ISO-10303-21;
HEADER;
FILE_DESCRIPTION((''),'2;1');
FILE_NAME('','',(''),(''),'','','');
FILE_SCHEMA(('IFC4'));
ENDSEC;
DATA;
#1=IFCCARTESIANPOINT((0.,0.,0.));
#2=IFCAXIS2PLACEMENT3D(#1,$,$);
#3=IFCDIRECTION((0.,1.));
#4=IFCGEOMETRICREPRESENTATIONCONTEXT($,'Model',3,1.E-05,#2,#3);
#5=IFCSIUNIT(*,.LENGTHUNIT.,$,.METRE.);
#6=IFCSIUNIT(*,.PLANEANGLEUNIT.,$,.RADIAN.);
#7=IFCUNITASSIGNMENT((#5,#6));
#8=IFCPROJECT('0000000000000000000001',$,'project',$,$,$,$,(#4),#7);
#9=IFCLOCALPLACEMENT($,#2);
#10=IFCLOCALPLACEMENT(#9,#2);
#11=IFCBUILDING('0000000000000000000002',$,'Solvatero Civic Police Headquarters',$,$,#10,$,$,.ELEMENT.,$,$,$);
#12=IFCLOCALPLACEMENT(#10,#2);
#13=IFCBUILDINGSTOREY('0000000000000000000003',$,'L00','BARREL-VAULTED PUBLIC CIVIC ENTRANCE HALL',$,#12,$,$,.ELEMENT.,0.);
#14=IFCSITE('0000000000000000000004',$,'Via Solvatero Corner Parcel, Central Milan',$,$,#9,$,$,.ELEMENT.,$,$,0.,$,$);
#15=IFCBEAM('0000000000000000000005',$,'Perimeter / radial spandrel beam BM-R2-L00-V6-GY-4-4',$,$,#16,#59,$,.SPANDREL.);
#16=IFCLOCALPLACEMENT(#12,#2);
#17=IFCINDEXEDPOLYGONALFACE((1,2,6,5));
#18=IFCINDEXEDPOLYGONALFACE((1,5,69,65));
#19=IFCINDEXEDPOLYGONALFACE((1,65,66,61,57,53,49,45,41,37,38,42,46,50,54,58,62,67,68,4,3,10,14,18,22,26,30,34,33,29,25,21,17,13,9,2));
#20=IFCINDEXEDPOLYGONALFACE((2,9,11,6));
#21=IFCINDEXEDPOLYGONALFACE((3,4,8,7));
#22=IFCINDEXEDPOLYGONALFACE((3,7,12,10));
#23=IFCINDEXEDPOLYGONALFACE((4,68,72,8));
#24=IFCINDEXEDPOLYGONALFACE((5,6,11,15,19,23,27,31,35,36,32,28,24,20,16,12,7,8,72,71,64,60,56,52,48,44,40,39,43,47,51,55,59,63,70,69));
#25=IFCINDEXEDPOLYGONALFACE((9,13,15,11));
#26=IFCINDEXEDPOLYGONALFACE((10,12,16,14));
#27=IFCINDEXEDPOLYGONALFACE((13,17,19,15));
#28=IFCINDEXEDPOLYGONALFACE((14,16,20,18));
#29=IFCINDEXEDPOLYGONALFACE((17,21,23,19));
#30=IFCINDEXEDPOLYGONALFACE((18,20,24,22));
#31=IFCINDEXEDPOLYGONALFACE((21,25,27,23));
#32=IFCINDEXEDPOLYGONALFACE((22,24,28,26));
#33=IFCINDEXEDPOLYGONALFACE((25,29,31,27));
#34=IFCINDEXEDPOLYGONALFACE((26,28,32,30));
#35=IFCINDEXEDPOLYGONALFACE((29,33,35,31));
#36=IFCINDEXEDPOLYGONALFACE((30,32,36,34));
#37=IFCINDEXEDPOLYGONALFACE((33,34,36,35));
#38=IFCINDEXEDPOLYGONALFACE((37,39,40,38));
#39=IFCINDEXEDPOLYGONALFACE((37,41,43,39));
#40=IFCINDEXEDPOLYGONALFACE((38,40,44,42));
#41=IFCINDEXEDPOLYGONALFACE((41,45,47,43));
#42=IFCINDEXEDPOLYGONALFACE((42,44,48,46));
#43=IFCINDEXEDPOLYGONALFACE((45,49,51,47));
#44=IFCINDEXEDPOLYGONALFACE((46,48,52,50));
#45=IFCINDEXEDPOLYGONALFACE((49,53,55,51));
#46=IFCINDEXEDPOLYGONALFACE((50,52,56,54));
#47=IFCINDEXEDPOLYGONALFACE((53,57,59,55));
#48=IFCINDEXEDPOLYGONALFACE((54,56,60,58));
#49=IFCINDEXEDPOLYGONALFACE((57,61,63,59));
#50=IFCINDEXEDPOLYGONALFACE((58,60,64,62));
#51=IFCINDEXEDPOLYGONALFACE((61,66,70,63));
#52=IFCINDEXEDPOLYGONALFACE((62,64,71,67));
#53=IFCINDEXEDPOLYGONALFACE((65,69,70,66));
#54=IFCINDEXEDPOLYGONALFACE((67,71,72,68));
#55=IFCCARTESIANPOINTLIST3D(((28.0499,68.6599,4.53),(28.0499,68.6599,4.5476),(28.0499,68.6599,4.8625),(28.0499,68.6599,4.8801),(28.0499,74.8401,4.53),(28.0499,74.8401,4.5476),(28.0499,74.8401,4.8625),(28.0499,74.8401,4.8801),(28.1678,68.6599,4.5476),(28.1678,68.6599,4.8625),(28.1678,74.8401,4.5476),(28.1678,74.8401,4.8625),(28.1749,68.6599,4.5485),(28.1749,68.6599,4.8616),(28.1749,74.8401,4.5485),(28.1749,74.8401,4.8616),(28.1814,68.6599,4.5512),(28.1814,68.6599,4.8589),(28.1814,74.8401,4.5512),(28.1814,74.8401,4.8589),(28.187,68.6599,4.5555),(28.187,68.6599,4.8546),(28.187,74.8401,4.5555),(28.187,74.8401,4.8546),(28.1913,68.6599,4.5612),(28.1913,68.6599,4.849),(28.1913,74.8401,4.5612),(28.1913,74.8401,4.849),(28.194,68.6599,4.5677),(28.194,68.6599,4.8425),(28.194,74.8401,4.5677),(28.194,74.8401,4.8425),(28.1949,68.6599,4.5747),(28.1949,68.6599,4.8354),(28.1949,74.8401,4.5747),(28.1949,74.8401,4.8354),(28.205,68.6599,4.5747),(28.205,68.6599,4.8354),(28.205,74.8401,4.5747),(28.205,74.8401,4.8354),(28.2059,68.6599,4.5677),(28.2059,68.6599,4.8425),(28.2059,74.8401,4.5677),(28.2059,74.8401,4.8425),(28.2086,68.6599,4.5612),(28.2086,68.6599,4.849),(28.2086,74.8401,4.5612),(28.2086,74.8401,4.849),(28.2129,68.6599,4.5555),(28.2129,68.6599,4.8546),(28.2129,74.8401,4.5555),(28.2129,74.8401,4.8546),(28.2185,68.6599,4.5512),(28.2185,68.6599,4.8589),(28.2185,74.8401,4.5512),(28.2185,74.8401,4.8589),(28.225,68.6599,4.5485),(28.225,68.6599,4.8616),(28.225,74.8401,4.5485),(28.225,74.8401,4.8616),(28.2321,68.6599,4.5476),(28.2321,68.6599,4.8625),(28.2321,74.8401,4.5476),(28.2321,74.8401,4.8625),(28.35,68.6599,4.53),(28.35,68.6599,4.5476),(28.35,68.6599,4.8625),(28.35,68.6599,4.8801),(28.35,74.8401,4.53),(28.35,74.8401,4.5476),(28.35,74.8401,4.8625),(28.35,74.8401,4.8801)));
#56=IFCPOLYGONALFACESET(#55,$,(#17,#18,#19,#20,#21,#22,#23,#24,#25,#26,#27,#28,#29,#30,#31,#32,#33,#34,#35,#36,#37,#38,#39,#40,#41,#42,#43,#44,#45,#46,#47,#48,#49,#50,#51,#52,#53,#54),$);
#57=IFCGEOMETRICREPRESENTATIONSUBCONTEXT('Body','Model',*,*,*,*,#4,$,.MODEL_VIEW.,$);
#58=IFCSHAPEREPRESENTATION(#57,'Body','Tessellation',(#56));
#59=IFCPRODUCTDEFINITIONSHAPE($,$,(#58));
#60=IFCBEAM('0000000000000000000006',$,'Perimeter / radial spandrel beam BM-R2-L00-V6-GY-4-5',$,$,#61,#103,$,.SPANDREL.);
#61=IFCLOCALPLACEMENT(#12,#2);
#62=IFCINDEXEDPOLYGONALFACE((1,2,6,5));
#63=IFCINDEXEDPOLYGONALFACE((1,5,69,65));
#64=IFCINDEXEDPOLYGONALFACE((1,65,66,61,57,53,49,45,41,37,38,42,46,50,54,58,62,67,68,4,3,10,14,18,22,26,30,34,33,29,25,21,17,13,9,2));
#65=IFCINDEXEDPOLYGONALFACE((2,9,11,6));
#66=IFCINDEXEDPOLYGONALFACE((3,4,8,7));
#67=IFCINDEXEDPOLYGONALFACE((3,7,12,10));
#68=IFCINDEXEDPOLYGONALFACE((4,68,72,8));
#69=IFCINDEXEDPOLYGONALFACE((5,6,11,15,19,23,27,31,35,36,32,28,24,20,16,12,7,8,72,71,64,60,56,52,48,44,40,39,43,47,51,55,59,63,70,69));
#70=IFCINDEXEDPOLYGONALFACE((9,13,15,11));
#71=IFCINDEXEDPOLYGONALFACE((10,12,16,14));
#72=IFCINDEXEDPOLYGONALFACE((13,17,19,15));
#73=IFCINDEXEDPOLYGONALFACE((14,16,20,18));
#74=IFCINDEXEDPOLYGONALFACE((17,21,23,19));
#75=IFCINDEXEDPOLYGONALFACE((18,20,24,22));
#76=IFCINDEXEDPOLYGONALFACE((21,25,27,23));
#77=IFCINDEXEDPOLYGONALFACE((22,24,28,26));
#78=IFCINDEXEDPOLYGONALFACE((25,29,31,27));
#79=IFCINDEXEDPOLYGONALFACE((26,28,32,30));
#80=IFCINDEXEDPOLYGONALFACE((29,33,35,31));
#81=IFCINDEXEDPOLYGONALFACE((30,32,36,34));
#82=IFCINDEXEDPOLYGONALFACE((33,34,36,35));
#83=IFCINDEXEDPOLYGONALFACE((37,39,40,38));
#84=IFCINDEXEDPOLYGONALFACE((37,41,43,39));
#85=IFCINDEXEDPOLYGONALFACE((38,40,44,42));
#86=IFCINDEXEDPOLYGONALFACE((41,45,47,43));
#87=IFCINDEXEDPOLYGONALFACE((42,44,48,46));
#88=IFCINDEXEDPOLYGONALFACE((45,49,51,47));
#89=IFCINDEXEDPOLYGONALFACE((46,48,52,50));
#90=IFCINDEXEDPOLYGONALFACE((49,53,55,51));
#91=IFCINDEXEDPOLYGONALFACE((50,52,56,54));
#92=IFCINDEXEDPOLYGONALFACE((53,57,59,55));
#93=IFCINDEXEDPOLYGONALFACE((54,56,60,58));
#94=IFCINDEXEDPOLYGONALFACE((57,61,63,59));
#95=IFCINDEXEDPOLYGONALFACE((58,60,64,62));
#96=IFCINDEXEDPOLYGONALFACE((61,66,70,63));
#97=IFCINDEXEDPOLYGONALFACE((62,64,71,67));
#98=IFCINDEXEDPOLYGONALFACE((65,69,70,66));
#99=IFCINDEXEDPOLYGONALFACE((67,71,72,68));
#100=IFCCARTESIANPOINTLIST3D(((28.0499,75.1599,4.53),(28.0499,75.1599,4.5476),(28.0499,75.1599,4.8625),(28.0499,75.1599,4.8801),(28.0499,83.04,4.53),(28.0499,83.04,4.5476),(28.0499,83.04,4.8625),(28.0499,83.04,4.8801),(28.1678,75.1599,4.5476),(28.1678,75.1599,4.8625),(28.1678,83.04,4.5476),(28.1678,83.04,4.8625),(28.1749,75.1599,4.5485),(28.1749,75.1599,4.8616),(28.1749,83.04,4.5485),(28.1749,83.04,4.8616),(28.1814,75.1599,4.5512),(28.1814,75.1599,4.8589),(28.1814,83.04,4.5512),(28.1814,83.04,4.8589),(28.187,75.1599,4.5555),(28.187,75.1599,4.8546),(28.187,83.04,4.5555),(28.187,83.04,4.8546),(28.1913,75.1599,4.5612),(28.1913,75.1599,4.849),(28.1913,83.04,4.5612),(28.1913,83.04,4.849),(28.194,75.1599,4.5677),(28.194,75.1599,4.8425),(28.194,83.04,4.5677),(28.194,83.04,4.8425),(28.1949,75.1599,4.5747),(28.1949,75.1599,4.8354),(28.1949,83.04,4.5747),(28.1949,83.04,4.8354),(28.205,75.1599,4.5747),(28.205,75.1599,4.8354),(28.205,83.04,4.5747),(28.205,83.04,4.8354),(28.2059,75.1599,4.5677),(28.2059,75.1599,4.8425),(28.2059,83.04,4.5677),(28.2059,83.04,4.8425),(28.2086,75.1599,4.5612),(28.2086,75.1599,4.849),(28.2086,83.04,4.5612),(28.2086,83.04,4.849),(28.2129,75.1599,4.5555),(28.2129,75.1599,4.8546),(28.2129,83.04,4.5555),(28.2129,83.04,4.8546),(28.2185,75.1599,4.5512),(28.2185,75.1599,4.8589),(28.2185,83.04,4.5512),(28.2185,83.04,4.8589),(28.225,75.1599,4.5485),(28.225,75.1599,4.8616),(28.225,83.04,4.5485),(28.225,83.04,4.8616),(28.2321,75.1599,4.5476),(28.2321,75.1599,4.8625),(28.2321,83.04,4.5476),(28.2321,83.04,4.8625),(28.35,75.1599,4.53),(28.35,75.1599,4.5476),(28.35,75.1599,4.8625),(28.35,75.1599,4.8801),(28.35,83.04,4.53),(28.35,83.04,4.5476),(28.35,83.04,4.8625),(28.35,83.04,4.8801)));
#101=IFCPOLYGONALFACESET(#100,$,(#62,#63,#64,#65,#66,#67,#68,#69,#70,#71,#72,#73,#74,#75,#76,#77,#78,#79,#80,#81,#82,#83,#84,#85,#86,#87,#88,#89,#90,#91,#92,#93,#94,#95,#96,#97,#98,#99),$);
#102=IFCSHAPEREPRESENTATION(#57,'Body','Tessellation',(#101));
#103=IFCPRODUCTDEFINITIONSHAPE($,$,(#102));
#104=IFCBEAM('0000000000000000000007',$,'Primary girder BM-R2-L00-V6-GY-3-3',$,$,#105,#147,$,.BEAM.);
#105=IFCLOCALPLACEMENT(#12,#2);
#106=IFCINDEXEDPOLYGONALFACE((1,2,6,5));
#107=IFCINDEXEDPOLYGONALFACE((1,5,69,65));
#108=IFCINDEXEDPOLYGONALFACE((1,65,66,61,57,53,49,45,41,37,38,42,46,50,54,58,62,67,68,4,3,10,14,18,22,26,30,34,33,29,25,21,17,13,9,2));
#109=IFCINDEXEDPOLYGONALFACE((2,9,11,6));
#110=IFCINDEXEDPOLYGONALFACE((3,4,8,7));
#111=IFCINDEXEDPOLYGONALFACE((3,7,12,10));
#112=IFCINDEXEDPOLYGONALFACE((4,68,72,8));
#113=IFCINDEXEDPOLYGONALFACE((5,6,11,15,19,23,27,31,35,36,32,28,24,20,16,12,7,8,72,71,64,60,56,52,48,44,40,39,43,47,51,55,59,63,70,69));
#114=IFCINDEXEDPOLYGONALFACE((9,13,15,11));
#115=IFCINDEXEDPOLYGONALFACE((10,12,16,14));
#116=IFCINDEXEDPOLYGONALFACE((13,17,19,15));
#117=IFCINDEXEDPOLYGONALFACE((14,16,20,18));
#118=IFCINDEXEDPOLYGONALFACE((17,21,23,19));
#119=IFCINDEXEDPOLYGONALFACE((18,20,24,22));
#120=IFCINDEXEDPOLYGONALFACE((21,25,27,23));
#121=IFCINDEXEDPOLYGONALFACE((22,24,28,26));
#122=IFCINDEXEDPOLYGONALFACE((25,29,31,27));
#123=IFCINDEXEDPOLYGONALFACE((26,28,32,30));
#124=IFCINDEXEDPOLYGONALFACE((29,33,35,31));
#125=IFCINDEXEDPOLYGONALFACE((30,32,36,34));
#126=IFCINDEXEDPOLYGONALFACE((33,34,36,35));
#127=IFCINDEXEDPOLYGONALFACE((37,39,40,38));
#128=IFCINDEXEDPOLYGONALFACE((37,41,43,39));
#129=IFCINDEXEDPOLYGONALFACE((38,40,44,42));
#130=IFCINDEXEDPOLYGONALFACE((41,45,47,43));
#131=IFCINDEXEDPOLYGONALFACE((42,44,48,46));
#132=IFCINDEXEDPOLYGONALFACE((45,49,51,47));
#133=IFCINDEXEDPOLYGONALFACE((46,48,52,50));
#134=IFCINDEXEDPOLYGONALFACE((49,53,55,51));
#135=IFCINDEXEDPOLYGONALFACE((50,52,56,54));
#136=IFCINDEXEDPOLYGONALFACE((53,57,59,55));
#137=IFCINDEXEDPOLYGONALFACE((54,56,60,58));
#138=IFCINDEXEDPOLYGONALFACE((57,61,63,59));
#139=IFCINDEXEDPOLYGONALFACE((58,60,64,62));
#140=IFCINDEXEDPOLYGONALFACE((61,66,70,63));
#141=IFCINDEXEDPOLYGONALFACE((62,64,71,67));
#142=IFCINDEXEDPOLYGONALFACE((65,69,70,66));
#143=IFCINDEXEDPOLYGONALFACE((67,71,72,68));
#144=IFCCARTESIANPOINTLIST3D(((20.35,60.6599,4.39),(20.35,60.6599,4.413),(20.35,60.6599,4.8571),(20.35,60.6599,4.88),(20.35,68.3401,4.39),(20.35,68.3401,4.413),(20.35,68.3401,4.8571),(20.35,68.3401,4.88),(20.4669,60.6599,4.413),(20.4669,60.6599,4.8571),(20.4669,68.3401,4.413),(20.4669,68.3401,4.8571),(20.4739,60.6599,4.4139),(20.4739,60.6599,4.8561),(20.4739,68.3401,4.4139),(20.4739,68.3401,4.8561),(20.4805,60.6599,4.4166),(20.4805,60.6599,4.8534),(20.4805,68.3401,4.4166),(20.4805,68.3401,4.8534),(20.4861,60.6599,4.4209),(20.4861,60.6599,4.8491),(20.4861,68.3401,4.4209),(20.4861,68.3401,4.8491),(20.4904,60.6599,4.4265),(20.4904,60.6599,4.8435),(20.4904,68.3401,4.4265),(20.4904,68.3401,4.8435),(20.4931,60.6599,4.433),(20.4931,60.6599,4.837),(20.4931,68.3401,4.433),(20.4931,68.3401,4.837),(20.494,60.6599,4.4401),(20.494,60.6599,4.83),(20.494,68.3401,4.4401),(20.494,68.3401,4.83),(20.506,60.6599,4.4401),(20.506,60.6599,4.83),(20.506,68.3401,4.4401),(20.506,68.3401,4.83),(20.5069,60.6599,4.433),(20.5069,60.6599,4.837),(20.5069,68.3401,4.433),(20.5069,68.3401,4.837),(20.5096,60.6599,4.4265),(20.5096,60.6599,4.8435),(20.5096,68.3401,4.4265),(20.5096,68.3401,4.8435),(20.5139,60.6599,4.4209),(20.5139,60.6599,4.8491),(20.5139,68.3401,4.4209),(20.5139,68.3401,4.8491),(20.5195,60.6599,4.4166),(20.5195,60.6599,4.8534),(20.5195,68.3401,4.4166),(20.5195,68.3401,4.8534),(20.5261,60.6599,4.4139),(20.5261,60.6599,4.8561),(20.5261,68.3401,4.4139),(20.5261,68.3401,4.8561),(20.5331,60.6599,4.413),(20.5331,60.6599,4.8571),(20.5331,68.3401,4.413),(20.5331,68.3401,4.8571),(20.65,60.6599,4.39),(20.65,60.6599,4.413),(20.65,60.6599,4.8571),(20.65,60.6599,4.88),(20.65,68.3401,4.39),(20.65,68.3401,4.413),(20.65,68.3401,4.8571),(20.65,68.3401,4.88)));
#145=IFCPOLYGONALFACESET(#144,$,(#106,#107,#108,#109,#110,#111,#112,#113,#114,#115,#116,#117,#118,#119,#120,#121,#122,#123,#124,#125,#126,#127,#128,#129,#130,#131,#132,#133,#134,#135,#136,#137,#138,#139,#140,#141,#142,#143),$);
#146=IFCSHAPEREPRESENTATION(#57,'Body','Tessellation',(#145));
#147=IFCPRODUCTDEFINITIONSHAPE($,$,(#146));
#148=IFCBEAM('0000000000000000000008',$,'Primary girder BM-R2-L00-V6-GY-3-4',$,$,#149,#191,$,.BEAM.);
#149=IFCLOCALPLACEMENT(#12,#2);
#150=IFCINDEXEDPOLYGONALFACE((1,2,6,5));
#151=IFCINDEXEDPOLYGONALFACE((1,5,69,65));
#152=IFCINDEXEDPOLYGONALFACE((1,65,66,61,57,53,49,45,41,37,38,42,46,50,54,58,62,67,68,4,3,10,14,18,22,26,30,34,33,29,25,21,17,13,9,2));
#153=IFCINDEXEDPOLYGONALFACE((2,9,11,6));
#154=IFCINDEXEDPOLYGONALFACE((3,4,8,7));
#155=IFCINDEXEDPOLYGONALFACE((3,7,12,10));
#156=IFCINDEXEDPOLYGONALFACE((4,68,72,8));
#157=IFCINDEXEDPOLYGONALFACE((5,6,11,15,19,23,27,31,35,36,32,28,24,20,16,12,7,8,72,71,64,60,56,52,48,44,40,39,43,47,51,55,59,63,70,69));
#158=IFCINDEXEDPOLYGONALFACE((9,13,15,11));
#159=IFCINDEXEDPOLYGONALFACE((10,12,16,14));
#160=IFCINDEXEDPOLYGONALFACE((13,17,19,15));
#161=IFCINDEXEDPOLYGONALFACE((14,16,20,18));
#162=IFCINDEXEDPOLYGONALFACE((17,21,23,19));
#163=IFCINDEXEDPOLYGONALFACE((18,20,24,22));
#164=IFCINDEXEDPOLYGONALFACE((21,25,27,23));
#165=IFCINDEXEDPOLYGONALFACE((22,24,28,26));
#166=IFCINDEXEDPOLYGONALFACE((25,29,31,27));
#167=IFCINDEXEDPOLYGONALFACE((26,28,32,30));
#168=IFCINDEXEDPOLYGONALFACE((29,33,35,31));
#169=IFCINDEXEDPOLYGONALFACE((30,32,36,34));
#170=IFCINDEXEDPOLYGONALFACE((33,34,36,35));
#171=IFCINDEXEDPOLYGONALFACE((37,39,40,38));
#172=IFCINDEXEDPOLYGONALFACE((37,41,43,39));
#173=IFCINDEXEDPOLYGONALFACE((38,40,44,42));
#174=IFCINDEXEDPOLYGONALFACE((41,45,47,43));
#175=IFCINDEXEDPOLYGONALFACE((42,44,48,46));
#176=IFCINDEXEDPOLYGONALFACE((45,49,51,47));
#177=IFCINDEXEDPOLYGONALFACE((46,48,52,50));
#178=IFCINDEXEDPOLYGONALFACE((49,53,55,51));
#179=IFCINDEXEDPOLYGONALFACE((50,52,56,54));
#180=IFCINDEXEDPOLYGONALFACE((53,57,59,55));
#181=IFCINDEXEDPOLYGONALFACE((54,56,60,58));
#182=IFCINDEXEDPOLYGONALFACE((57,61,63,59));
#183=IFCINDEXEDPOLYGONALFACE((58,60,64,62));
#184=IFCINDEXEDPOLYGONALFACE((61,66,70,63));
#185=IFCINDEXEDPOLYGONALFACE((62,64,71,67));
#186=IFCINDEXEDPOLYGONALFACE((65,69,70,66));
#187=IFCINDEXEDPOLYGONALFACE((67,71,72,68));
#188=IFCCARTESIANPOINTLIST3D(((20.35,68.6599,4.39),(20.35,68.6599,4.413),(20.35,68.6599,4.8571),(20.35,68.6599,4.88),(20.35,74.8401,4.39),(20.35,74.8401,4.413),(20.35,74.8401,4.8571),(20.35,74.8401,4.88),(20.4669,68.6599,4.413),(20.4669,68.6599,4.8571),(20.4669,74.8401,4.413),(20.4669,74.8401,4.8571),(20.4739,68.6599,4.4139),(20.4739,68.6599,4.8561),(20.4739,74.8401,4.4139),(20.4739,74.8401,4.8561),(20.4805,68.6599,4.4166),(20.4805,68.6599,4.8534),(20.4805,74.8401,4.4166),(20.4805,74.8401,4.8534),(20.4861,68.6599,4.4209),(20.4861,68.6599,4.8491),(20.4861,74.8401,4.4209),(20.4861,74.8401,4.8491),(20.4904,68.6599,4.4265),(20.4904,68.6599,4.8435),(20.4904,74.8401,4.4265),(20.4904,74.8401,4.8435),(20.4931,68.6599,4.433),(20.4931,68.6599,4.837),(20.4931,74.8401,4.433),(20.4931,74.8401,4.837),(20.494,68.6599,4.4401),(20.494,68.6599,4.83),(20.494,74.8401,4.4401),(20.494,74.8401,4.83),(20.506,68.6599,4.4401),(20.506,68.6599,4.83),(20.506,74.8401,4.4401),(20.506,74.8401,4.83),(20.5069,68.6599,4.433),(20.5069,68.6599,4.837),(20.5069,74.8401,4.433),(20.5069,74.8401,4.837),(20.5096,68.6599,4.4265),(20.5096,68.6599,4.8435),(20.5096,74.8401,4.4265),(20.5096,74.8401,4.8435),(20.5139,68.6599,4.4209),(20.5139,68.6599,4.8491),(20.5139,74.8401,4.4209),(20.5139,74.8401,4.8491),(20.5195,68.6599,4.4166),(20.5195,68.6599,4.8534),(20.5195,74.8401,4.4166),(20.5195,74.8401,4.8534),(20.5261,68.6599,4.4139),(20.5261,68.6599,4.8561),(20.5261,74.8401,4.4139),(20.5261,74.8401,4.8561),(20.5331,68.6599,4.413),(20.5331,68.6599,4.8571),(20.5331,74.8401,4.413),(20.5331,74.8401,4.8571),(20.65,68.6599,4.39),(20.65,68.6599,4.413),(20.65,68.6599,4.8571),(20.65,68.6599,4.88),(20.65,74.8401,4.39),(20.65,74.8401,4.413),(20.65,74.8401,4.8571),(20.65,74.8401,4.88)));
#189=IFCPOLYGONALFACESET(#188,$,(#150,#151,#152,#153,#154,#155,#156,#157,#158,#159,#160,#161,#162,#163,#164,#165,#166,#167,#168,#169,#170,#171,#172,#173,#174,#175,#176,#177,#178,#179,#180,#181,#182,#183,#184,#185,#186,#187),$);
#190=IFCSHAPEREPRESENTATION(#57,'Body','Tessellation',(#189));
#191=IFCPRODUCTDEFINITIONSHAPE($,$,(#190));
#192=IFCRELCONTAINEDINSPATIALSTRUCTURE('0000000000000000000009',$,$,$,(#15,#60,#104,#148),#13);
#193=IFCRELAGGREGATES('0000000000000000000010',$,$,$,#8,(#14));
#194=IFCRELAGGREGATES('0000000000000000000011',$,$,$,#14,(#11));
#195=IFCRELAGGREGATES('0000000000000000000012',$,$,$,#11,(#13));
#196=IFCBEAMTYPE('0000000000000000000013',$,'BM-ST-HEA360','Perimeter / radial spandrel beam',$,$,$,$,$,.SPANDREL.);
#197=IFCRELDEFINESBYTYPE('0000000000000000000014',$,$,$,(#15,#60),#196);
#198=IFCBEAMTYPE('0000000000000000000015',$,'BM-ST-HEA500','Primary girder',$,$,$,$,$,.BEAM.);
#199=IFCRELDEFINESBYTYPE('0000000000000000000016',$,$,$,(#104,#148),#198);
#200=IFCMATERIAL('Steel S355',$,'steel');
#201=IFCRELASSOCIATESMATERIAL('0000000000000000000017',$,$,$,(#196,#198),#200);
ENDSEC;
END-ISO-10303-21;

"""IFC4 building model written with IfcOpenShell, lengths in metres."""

from ifc_helpers import new_model, si_unit, direction, frame, origin, origin_2d, place, context, subcontext, project, spatial, i_section, extrude, material, material_profile, profile_set, type_object, element, save


model = new_model("IFC4")

# Units and contexts
model_context = context("Model", 3, precision=1e-05, world=origin(), true_north=direction((0.0, 1.0)))
body_context = subcontext(model_context, "Body", "Model", "MODEL_VIEW")
ifc_project = project(units=[si_unit("LENGTHUNIT", "METRE"), si_unit("PLANEANGLEUNIT", "RADIAN")], contexts=[model_context])

# Site, building, storey
site_placement = place(None, origin())
site = spatial("IfcSite", under=ifc_project, at=site_placement, Name="Via Solvatero Corner Parcel, Central Milan", CompositionType="ELEMENT", RefElevation=0.0)
building_placement = place(site_placement, origin())
building = spatial("IfcBuilding", under=site, at=building_placement, Name="Solvatero Civic Police Headquarters", CompositionType="ELEMENT")
storey_placement = place(building_placement, origin())
storey = spatial("IfcBuildingStorey", under=building, at=storey_placement, Name="L00", Description="BARREL-VAULTED PUBLIC CIVIC ENTRANCE HALL", CompositionType="ELEMENT", Elevation=0.0)

# Beams
ifc_material_1 = material(Name="Steel S355", Category="steel")
ifc_material_profile_1 = material_profile(ifc_material_1, i_section(OverallWidth=0.3, OverallDepth=0.3501, WebThickness=0.01, FlangeThickness=0.0176, FilletRadius=0.0271, at=origin_2d()), Name="HEA 360")
ifc_profile_set_1 = profile_set([ifc_material_profile_1], Name="Steel S355")
beam_type_1 = type_object("IfcBeamType", Name="BM-ST-HEA360", Description="Perimeter / radial spandrel beam", PredefinedType="SPANDREL", material=ifc_profile_set_1)
beam_1_placement = place(storey_placement, frame((28.2, 68.6599, 4.7051), z_axis=(0.0, 1.0, 0.0), x_axis=(-1.0, 0.0, 0.0)))
element("IfcBeam", 1, at=beam_1_placement, inside=storey, type_object=beam_type_1, Name="Perimeter / radial spandrel beam BM-R2-L00-V6-GY-4-4", PredefinedType="SPANDREL", context=body_context, shape_type="SweptSolid", body=[
    extrude(i_section(OverallWidth=0.3, OverallDepth=0.3501, WebThickness=0.01, FlangeThickness=0.0176, FilletRadius=0.0271, at=origin_2d()), origin(), (0.0, 0.0, 1.0), 6.1802),
])
beam_2_placement = place(storey_placement, frame((28.2, 75.1599, 4.7051), z_axis=(0.0, 1.0, 0.0), x_axis=(-1.0, 0.0, 0.0)))
element("IfcBeam", 2, at=beam_2_placement, inside=storey, type_object=beam_type_1, Name="Perimeter / radial spandrel beam BM-R2-L00-V6-GY-4-5", PredefinedType="SPANDREL", context=body_context, shape_type="SweptSolid", body=[
    extrude(i_section(OverallWidth=0.3, OverallDepth=0.3501, WebThickness=0.01, FlangeThickness=0.0176, FilletRadius=0.0271, at=origin_2d()), origin(), (0.0, 0.0, 1.0), 7.8801),
])
ifc_material_profile_2 = material_profile(ifc_material_1, i_section(OverallWidth=0.3, OverallDepth=0.49, WebThickness=0.012, FlangeThickness=0.0229, FilletRadius=0.0271, at=origin_2d()), Name="HEA 500")
ifc_profile_set_2 = profile_set([ifc_material_profile_2], Name="Steel S355")
beam_type_2 = type_object("IfcBeamType", Name="BM-ST-HEA500", Description="Primary girder", PredefinedType="BEAM", material=ifc_profile_set_2)
beam_3_placement = place(storey_placement, frame((20.5, 60.6599, 4.635), z_axis=(0.0, 1.0, 0.0), x_axis=(-1.0, 0.0, 0.0)))
element("IfcBeam", 3, at=beam_3_placement, inside=storey, type_object=beam_type_2, Name="Primary girder BM-R2-L00-V6-GY-3-3", PredefinedType="BEAM", context=body_context, shape_type="SweptSolid", body=[
    extrude(i_section(OverallWidth=0.3, OverallDepth=0.49, WebThickness=0.012, FlangeThickness=0.0229, FilletRadius=0.0271, at=origin_2d()), origin(), (0.0, 0.0, 1.0), 7.6802),
])
beam_4_placement = place(storey_placement, frame((20.5, 68.6599, 4.635), z_axis=(0.0, 1.0, 0.0), x_axis=(-1.0, 0.0, 0.0)))
element("IfcBeam", 4, at=beam_4_placement, inside=storey, type_object=beam_type_2, Name="Primary girder BM-R2-L00-V6-GY-3-4", PredefinedType="BEAM", context=body_context, shape_type="SweptSolid", body=[
    extrude(i_section(OverallWidth=0.3, OverallDepth=0.49, WebThickness=0.012, FlangeThickness=0.0229, FilletRadius=0.0271, at=origin_2d()), origin(), (0.0, 0.0, 1.0), 6.1802),
])

save(model, "model.ifc")
